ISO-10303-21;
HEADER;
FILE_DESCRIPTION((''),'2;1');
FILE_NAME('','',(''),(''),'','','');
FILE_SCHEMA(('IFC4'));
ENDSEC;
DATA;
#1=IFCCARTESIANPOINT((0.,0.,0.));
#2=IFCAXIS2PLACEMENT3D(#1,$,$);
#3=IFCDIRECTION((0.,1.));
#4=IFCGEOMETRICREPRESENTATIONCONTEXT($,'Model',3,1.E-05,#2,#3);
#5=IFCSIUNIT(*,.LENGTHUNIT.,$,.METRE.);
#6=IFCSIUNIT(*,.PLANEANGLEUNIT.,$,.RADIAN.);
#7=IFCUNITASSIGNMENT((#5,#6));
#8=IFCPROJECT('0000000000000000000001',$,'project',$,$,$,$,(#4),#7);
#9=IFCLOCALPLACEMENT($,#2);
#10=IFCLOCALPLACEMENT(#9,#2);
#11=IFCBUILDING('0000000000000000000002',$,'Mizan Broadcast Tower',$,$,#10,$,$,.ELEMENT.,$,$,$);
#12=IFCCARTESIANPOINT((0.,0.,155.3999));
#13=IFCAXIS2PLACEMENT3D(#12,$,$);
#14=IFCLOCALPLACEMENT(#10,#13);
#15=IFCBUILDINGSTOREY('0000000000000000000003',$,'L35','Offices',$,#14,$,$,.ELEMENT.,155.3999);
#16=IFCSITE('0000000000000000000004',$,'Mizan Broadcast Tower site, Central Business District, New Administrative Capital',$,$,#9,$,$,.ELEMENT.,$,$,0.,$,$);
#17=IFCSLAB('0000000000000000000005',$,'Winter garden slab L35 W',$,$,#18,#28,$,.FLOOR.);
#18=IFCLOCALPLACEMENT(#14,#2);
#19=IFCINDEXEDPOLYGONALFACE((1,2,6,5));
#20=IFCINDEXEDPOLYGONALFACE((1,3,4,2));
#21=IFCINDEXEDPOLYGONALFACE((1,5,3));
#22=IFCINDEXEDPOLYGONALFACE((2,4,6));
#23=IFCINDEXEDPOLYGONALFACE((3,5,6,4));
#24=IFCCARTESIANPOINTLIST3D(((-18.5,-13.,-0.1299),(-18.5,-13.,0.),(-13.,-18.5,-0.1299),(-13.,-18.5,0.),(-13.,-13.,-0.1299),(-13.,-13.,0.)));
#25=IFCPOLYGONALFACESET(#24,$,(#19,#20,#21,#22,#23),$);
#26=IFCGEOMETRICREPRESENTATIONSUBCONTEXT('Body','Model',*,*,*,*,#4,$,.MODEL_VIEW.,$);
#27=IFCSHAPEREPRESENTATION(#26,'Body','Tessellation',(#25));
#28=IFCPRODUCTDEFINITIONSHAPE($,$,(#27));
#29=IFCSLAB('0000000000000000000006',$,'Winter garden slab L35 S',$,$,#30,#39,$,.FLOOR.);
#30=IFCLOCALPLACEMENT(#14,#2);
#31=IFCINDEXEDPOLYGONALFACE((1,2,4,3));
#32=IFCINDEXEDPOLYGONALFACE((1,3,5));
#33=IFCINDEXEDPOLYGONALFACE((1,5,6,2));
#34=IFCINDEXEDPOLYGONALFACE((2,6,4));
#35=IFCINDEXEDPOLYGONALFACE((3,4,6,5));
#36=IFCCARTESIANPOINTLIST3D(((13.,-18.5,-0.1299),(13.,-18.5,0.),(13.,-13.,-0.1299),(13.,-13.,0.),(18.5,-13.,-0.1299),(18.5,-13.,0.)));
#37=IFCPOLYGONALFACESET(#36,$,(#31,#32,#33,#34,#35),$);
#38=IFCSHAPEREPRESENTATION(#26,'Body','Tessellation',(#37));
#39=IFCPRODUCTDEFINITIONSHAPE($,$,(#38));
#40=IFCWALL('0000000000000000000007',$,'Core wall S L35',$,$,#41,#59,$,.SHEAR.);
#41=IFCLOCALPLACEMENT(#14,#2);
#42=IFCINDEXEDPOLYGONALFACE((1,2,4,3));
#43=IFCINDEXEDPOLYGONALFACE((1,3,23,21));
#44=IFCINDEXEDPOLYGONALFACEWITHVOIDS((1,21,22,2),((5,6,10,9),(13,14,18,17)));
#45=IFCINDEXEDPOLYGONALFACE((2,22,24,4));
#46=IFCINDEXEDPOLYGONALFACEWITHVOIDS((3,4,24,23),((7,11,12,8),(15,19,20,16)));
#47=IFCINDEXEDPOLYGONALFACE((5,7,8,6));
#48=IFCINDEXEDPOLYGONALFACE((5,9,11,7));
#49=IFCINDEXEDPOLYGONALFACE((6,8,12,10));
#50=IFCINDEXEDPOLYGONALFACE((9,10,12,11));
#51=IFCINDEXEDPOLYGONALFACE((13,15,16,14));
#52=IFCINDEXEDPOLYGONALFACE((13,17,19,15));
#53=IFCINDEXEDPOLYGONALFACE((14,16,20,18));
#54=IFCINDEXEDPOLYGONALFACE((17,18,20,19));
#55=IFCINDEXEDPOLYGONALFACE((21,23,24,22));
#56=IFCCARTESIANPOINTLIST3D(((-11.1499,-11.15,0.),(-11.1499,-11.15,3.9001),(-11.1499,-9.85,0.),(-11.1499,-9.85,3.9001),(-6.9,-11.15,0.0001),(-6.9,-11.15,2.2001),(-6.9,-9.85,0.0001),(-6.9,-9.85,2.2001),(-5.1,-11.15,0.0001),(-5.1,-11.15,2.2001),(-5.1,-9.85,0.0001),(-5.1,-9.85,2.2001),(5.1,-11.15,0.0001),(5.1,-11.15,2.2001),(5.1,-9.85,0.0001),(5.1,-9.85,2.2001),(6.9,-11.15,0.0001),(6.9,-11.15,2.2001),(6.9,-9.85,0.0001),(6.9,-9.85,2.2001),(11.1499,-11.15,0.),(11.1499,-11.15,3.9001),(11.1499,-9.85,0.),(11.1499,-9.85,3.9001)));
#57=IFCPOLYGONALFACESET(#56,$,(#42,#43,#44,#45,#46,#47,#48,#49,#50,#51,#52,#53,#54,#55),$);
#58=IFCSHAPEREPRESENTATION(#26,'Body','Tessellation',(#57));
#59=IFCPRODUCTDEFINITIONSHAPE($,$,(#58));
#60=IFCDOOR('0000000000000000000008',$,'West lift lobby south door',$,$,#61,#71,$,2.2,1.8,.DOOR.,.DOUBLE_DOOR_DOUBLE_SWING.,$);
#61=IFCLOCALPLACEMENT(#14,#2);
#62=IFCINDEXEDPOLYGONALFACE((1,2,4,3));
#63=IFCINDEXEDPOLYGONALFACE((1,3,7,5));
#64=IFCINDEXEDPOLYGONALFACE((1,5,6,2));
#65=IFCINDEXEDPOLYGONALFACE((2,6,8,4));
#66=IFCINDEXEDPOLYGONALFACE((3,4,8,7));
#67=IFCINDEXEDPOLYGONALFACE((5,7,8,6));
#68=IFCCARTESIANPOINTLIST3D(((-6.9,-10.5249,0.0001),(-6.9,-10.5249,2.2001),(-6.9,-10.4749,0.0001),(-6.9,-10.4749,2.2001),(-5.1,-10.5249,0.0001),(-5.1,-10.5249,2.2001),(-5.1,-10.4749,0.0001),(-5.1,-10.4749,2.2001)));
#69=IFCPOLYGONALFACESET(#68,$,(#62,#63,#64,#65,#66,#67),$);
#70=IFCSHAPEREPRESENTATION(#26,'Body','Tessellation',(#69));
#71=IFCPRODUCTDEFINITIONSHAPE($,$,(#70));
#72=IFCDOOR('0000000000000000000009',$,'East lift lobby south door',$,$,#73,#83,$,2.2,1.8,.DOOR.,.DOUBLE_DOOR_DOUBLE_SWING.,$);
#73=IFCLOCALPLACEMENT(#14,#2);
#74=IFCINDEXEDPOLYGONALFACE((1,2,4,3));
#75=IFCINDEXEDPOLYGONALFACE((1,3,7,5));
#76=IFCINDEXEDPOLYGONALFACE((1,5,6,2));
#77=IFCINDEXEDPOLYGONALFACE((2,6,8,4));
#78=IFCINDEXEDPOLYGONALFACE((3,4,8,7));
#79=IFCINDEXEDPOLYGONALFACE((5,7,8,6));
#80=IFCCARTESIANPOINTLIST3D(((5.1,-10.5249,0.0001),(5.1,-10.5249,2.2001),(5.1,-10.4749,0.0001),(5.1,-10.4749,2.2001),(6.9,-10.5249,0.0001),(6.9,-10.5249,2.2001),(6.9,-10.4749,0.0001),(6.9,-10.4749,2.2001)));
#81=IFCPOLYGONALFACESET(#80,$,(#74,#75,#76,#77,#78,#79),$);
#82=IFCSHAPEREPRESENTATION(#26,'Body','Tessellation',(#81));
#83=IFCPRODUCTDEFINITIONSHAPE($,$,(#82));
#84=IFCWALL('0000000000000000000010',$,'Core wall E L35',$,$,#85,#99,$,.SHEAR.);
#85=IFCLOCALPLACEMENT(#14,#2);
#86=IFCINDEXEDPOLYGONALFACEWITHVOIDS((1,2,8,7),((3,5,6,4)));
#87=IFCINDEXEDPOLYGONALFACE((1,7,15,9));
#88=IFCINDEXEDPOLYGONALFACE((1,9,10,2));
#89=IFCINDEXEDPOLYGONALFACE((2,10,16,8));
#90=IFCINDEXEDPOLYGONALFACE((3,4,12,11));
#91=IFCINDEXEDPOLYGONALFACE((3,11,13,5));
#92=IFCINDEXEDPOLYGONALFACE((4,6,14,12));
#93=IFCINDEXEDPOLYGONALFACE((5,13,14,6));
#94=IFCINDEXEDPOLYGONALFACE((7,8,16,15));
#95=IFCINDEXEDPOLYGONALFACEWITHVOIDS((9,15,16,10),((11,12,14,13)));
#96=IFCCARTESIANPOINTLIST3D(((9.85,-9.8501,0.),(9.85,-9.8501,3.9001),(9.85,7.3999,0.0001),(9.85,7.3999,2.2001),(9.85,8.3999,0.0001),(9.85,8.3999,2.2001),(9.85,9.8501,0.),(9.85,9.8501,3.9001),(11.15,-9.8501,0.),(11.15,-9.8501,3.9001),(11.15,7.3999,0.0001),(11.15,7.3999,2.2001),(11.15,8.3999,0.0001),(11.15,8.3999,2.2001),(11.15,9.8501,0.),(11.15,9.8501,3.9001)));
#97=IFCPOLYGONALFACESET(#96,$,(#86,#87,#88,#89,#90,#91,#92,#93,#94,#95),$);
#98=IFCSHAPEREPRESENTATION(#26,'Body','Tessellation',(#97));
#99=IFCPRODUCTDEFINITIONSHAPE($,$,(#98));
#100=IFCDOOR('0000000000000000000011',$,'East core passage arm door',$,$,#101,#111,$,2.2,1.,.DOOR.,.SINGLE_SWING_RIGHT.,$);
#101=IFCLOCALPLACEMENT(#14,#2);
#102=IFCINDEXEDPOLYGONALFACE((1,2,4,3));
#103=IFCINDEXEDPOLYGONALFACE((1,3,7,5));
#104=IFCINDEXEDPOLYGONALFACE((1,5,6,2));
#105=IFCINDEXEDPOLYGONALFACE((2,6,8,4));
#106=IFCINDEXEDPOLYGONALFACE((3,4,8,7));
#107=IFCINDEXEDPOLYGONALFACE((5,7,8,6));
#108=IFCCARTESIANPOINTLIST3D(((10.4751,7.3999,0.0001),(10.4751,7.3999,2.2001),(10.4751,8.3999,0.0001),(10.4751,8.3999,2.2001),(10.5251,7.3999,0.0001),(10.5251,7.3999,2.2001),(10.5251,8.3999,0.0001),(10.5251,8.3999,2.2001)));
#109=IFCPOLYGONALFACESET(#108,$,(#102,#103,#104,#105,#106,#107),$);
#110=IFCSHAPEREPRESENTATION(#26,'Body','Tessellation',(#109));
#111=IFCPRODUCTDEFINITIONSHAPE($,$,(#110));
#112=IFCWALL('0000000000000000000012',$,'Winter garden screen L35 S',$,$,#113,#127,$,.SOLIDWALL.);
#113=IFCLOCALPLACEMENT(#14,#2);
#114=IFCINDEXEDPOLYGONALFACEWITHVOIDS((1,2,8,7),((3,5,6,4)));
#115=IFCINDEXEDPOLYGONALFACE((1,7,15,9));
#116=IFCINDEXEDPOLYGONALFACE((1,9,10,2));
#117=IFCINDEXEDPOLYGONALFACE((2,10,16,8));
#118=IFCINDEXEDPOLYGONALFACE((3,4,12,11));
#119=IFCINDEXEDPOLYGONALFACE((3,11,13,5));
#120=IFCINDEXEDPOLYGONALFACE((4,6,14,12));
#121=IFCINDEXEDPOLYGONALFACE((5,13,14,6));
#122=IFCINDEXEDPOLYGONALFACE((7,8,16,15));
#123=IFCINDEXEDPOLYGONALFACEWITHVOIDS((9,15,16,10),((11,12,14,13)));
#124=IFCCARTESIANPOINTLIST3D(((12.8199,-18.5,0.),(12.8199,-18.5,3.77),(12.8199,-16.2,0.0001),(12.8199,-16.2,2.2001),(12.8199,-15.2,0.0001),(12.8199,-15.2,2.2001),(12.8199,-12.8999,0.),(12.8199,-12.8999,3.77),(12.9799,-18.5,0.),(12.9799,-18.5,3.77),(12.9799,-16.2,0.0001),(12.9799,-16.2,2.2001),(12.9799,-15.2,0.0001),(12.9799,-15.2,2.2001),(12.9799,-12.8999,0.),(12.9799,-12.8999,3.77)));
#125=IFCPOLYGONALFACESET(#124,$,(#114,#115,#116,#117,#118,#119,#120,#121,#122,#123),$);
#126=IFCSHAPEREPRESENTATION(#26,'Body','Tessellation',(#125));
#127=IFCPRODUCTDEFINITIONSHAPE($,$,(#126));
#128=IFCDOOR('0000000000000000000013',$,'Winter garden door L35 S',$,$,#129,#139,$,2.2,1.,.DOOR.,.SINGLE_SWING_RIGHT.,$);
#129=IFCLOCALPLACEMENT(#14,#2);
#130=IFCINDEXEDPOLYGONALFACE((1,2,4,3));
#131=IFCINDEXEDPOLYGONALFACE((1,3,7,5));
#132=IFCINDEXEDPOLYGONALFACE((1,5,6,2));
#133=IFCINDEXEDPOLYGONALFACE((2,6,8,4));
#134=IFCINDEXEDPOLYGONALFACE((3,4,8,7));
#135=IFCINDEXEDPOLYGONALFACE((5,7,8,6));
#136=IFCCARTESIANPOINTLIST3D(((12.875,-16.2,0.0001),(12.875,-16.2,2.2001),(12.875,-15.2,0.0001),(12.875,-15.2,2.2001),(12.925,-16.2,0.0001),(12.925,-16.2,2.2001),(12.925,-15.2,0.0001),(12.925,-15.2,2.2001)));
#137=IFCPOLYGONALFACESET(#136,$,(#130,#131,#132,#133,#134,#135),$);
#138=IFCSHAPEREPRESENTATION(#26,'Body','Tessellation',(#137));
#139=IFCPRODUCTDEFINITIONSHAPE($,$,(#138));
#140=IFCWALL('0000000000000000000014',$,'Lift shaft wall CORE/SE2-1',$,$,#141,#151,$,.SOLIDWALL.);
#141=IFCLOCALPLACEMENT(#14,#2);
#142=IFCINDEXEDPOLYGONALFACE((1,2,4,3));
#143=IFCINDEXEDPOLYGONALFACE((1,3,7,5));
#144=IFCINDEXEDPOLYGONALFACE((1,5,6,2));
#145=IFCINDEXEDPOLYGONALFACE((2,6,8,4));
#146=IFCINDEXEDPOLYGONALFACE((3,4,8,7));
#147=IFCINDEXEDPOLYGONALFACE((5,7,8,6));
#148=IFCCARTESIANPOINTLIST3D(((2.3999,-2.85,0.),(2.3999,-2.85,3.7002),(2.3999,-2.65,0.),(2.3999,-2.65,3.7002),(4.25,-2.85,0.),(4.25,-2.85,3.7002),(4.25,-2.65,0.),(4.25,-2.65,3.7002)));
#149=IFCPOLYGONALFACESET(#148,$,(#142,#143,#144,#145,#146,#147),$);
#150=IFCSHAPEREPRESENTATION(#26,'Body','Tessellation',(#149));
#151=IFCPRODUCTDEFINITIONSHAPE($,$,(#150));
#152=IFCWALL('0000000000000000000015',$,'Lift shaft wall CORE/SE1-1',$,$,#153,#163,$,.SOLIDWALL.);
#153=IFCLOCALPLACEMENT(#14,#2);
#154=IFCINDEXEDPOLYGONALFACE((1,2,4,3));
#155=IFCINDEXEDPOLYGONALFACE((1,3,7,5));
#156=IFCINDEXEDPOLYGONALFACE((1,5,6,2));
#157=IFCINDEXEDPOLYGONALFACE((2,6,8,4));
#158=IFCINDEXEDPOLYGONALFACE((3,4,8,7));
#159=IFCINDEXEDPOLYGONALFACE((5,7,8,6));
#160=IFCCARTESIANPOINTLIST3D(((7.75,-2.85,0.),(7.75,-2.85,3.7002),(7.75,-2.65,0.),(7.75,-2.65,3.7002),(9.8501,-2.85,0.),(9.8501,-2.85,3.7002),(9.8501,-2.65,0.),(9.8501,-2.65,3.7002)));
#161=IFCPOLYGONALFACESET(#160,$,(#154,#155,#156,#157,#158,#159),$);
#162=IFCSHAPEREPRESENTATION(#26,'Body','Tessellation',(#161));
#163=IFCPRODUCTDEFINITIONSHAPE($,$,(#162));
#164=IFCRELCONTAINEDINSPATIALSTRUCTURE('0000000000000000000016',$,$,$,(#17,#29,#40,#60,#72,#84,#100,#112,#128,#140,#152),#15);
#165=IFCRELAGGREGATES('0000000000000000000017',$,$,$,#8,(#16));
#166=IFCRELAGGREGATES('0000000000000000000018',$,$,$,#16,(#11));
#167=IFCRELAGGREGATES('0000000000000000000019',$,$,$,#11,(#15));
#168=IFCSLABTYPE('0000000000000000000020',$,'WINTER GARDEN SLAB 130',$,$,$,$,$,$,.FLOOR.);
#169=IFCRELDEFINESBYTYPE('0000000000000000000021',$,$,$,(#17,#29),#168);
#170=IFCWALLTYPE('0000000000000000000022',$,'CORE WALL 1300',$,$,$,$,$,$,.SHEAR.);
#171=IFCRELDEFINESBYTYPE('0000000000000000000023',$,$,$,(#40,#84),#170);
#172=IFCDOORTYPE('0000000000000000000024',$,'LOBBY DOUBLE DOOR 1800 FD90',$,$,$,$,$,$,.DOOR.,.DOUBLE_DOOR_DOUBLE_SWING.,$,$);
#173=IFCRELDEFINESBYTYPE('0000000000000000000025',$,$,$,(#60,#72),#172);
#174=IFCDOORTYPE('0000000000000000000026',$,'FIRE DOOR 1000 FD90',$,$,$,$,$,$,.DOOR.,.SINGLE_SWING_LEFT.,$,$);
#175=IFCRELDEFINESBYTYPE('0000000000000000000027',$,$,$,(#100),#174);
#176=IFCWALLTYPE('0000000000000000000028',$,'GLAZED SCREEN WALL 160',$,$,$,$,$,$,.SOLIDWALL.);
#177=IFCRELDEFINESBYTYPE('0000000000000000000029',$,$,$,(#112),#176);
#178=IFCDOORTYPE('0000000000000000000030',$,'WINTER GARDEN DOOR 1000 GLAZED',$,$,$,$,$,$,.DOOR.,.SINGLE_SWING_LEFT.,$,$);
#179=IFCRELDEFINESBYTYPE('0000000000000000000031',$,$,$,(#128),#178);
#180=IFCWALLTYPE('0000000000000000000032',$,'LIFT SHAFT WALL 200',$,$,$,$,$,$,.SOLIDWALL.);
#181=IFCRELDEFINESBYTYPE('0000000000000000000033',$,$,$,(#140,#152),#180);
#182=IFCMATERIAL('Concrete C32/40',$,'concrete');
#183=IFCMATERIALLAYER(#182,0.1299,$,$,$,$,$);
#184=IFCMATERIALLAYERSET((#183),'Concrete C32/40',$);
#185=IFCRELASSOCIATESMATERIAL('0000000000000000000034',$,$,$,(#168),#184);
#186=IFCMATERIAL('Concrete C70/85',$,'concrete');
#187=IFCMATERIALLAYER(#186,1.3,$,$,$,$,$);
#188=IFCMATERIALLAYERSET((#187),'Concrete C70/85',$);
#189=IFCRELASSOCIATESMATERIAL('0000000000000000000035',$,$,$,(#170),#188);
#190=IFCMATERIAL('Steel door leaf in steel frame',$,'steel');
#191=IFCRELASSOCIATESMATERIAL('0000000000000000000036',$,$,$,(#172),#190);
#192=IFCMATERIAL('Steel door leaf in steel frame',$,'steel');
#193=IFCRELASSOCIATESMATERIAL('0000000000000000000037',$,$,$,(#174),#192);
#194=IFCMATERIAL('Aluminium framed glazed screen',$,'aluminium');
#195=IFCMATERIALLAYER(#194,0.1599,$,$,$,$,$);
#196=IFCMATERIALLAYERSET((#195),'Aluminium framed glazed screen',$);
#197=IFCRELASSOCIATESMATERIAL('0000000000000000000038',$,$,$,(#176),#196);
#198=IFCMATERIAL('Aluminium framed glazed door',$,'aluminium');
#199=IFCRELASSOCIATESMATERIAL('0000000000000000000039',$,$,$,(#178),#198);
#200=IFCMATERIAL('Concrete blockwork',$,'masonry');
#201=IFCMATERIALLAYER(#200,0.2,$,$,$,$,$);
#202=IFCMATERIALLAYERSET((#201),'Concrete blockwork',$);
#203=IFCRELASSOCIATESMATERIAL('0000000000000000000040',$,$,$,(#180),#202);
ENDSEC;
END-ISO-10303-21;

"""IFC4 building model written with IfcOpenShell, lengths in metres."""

from ifc_helpers import new_model, si_unit, direction, frame, frame_2d, origin, place, context, subcontext, project, spatial, polyline, rectangle, outline, extrude, material, layer, layer_set, type_object, element, fill, save


model = new_model("IFC4")

# Units and contexts
model_context = context("Model", 3, precision=1e-05, world=origin(), true_north=direction((0.0, 1.0)))
body_context = subcontext(model_context, "Body", "Model", "MODEL_VIEW")
ifc_project = project(units=[si_unit("LENGTHUNIT", "METRE"), si_unit("PLANEANGLEUNIT", "RADIAN")], contexts=[model_context])

# Site, building, storey
site_placement = place(None, origin())
site = spatial("IfcSite", under=ifc_project, at=site_placement, Name="Mizan Broadcast Tower site, Central Business District, New Administrative Capital", CompositionType="ELEMENT", RefElevation=0.0)
building_placement = place(site_placement, origin())
building = spatial("IfcBuilding", under=site, at=building_placement, Name="Mizan Broadcast Tower", CompositionType="ELEMENT")
storey_placement = place(building_placement, frame((0.0, 0.0, 155.3999)))
storey = spatial("IfcBuildingStorey", under=building, at=storey_placement, Name="L35", Description="Offices", CompositionType="ELEMENT", Elevation=155.3999)

# Slabs
ifc_material_1 = material(Name="Concrete C32/40", Category="concrete")
ifc_layer_1 = layer(ifc_material_1, 0.1299)
ifc_layer_set_1 = layer_set([ifc_layer_1], Name="Concrete C32/40")
slab_type_1 = type_object("IfcSlabType", Name="WINTER GARDEN SLAB 130", PredefinedType="FLOOR", material=ifc_layer_set_1)
slab_1_placement = place(storey_placement, frame((0.0, 0.0, -0.1299)))
element("IfcSlab", 1, at=slab_1_placement, inside=storey, type_object=slab_type_1, Name="Winter garden slab L35 W", PredefinedType="FLOOR", context=body_context, shape_type="SweptSolid", body=[
    extrude(outline(polyline([(-13.0, -13.0), (-18.5, -13.0), (-13.0, -18.5), (-13.0, -13.0)])), origin(), (0.0, 0.0, 1.0), 0.1299),
])
slab_2_placement = place(storey_placement, frame((0.0, 0.0, -0.1299)))
element("IfcSlab", 2, at=slab_2_placement, inside=storey, type_object=slab_type_1, Name="Winter garden slab L35 S", PredefinedType="FLOOR", context=body_context, shape_type="SweptSolid", body=[
    extrude(outline(polyline([(13.0, -13.0), (13.0, -18.5), (18.5, -13.0), (13.0, -13.0)])), origin(), (0.0, 0.0, 1.0), 0.1299),
])

# Wall, openings, doors
ifc_material_2 = material(Name="Concrete C70/85", Category="concrete")
ifc_layer_2 = layer(ifc_material_2, 1.3)
ifc_layer_set_2 = layer_set([ifc_layer_2], Name="Concrete C70/85")
wall_type_1 = type_object("IfcWallType", Name="CORE WALL 1300", PredefinedType="SHEAR", material=ifc_layer_set_2)
wall_1_placement = place(storey_placement, frame((11.1499, -10.5, 0.0), z_axis=(0.0, 0.0, 1.0), x_axis=(-1.0, 0.0, 0.0)))
wall_1 = element("IfcWall", 3, at=wall_1_placement, inside=storey, type_object=wall_type_1, Name="Core wall S L35", PredefinedType="SHEAR", context=body_context, shape_type="SweptSolid", body=[
    extrude(rectangle(XDim=22.2998, YDim=1.3, at=frame_2d((11.1499, 0.0))), origin(), (0.0, 0.0, 1.0), 3.9001),
])
opening_1_placement = place(wall_1_placement, frame((16.25, 0.0, 0.0)))
opening_1 = element("IfcOpeningElement", 4, at=opening_1_placement, cuts=wall_1, PredefinedType="OPENING", context=body_context, shape_type="SweptSolid", body=[
    extrude(rectangle(XDim=1.8, YDim=2.2, at=frame_2d((0.8999, 1.1001))), frame((0.0, 0.6599, 0.0), z_axis=(0.0, -1.0, 0.0), x_axis=(1.0, 0.0, 0.0)), (0.0, 0.0, 1.0), 1.3201),
])
opening_2_placement = place(wall_1_placement, frame((4.25, 0.0, 0.0)))
opening_2 = element("IfcOpeningElement", 5, at=opening_2_placement, cuts=wall_1, PredefinedType="OPENING", context=body_context, shape_type="SweptSolid", body=[
    extrude(rectangle(XDim=1.8, YDim=2.2, at=frame_2d((0.8999, 1.1001))), frame((0.0, 0.6599, 0.0), z_axis=(0.0, -1.0, 0.0), x_axis=(1.0, 0.0, 0.0)), (0.0, 0.0, 1.0), 1.3201),
])
ifc_material_3 = material(Name="Steel door leaf in steel frame", Category="steel")
door_type_1 = type_object("IfcDoorType", Name="LOBBY DOUBLE DOOR 1800 FD90", OperationType="DOUBLE_DOOR_DOUBLE_SWING", PredefinedType="DOOR", material=ifc_material_3)
door_1_placement = place(opening_1_placement, origin())
door_1 = element("IfcDoor", 6, at=door_1_placement, inside=storey, type_object=door_type_1, Name="West lift lobby south door", OperationType="DOUBLE_DOOR_DOUBLE_SWING", OverallHeight=2.2, OverallWidth=1.8, PredefinedType="DOOR", context=body_context, shape_type="SweptSolid", body=[
    extrude(rectangle(XDim=1.8, YDim=2.2, at=frame_2d((0.8999, 1.1001))), frame((0.0, 0.0249, 0.0), z_axis=(0.0, -1.0, 0.0), x_axis=(1.0, 0.0, 0.0)), (0.0, 0.0, 1.0), 0.05),
])
fill(opening_1, door_1)
door_2_placement = place(opening_2_placement, origin())
door_2 = element("IfcDoor", 7, at=door_2_placement, inside=storey, type_object=door_type_1, Name="East lift lobby south door", OperationType="DOUBLE_DOOR_DOUBLE_SWING", OverallHeight=2.2, OverallWidth=1.8, PredefinedType="DOOR", context=body_context, shape_type="SweptSolid", body=[
    extrude(rectangle(XDim=1.8, YDim=2.2, at=frame_2d((0.8999, 1.1001))), frame((0.0, 0.0249, 0.0), z_axis=(0.0, -1.0, 0.0), x_axis=(1.0, 0.0, 0.0)), (0.0, 0.0, 1.0), 0.05),
])
fill(opening_2, door_2)

# Walls, openings, doors
wall_2_placement = place(storey_placement, frame((10.5, -9.8501, 0.0), z_axis=(0.0, 0.0, 1.0), x_axis=(0.0, 1.0, 0.0)))
wall_2 = element("IfcWall", 8, at=wall_2_placement, inside=storey, type_object=wall_type_1, Name="Core wall E L35", PredefinedType="SHEAR", context=body_context, shape_type="SweptSolid", body=[
    extrude(rectangle(XDim=19.7002, YDim=1.3, at=frame_2d((9.8501, 0.0))), origin(), (0.0, 0.0, 1.0), 3.9001),
])
opening_3_placement = place(wall_2_placement, frame((17.25, 0.0, 0.0)))
opening_3 = element("IfcOpeningElement", 9, at=opening_3_placement, cuts=wall_2, PredefinedType="OPENING", context=body_context, shape_type="SweptSolid", body=[
    extrude(rectangle(XDim=1.0, YDim=2.2, at=frame_2d((0.5, 1.1001))), frame((0.0, 0.6599, 0.0), z_axis=(0.0, -1.0, 0.0), x_axis=(1.0, 0.0, 0.0)), (0.0, 0.0, 1.0), 1.3201),
])
ifc_material_4 = material(Name="Steel door leaf in steel frame", Category="steel")
door_type_2 = type_object("IfcDoorType", Name="FIRE DOOR 1000 FD90", OperationType="SINGLE_SWING_LEFT", PredefinedType="DOOR", material=ifc_material_4)
door_3_placement = place(opening_3_placement, origin())
door_3 = element("IfcDoor", 10, at=door_3_placement, inside=storey, type_object=door_type_2, Name="East core passage arm door", OperationType="SINGLE_SWING_RIGHT", OverallHeight=2.2, OverallWidth=1.0, PredefinedType="DOOR", context=body_context, shape_type="SweptSolid", body=[
    extrude(rectangle(XDim=1.0, YDim=2.2, at=frame_2d((0.5, 1.1001))), frame((0.0, 0.0249, 0.0), z_axis=(0.0, -1.0, 0.0), x_axis=(1.0, 0.0, 0.0)), (0.0, 0.0, 1.0), 0.05),
])
fill(opening_3, door_3)
ifc_material_5 = material(Name="Aluminium framed glazed screen", Category="aluminium")
ifc_layer_3 = layer(ifc_material_5, 0.1599)
ifc_layer_set_3 = layer_set([ifc_layer_3], Name="Aluminium framed glazed screen")
wall_type_2 = type_object("IfcWallType", Name="GLAZED SCREEN WALL 160", PredefinedType="SOLIDWALL", material=ifc_layer_set_3)
wall_3_placement = place(storey_placement, frame((12.8999, -18.5, 0.0), z_axis=(0.0, 0.0, 1.0), x_axis=(0.0, 1.0, 0.0)))
wall_3 = element("IfcWall", 11, at=wall_3_placement, inside=storey, type_object=wall_type_2, Name="Winter garden screen L35 S", PredefinedType="SOLIDWALL", context=body_context, shape_type="SweptSolid", body=[
    extrude(rectangle(XDim=5.6001, YDim=0.1599, at=frame_2d((2.8, 0.0))), origin(), (0.0, 0.0, 1.0), 3.77),
])
opening_4_placement = place(wall_3_placement, frame((2.3, 0.0, 0.0)))
opening_4 = element("IfcOpeningElement", 12, at=opening_4_placement, cuts=wall_3, PredefinedType="OPENING", context=body_context, shape_type="SweptSolid", body=[
    extrude(rectangle(XDim=1.0, YDim=2.2, at=frame_2d((0.5, 1.1001))), frame((0.0, 0.0898, 0.0), z_axis=(0.0, -1.0, 0.0), x_axis=(1.0, 0.0, 0.0)), (0.0, 0.0, 1.0), 0.1799),
])
ifc_material_6 = material(Name="Aluminium framed glazed door", Category="aluminium")
door_type_3 = type_object("IfcDoorType", Name="WINTER GARDEN DOOR 1000 GLAZED", OperationType="SINGLE_SWING_LEFT", PredefinedType="DOOR", material=ifc_material_6)
door_4_placement = place(opening_4_placement, origin())
door_4 = element("IfcDoor", 13, at=door_4_placement, inside=storey, type_object=door_type_3, Name="Winter garden door L35 S", OperationType="SINGLE_SWING_RIGHT", OverallHeight=2.2, OverallWidth=1.0, PredefinedType="DOOR", context=body_context, shape_type="SweptSolid", body=[
    extrude(rectangle(XDim=1.0, YDim=2.2, at=frame_2d((0.5, 1.1001))), frame((0.0, 0.0249, 0.0), z_axis=(0.0, -1.0, 0.0), x_axis=(1.0, 0.0, 0.0)), (0.0, 0.0, 1.0), 0.05),
])
fill(opening_4, door_4)

# Walls
ifc_material_7 = material(Name="Concrete blockwork", Category="masonry")
ifc_layer_4 = layer(ifc_material_7, 0.2)
ifc_layer_set_4 = layer_set([ifc_layer_4], Name="Concrete blockwork")
wall_type_3 = type_object("IfcWallType", Name="LIFT SHAFT WALL 200", PredefinedType="SOLIDWALL", material=ifc_layer_set_4)
wall_4_placement = place(storey_placement, frame((2.3999, -2.75, 0.0), z_axis=(0.0, 0.0, 1.0), x_axis=(1.0, 0.0, 0.0)))
element("IfcWall", 14, at=wall_4_placement, inside=storey, type_object=wall_type_3, Name="Lift shaft wall CORE/SE2-1", PredefinedType="SOLIDWALL", context=body_context, shape_type="SweptSolid", body=[
    extrude(rectangle(XDim=1.8501, YDim=0.2, at=frame_2d((0.925, 0.0))), origin(), (0.0, 0.0, 1.0), 3.7002),
])
wall_5_placement = place(storey_placement, frame((7.75, -2.75, 0.0), z_axis=(0.0, 0.0, 1.0), x_axis=(1.0, 0.0, 0.0)))
element("IfcWall", 15, at=wall_5_placement, inside=storey, type_object=wall_type_3, Name="Lift shaft wall CORE/SE1-1", PredefinedType="SOLIDWALL", context=body_context, shape_type="SweptSolid", body=[
    extrude(rectangle(XDim=2.1001, YDim=0.2, at=frame_2d((1.05, 0.0))), origin(), (0.0, 0.0, 1.0), 3.7002),
])

save(model, "model.ifc")
